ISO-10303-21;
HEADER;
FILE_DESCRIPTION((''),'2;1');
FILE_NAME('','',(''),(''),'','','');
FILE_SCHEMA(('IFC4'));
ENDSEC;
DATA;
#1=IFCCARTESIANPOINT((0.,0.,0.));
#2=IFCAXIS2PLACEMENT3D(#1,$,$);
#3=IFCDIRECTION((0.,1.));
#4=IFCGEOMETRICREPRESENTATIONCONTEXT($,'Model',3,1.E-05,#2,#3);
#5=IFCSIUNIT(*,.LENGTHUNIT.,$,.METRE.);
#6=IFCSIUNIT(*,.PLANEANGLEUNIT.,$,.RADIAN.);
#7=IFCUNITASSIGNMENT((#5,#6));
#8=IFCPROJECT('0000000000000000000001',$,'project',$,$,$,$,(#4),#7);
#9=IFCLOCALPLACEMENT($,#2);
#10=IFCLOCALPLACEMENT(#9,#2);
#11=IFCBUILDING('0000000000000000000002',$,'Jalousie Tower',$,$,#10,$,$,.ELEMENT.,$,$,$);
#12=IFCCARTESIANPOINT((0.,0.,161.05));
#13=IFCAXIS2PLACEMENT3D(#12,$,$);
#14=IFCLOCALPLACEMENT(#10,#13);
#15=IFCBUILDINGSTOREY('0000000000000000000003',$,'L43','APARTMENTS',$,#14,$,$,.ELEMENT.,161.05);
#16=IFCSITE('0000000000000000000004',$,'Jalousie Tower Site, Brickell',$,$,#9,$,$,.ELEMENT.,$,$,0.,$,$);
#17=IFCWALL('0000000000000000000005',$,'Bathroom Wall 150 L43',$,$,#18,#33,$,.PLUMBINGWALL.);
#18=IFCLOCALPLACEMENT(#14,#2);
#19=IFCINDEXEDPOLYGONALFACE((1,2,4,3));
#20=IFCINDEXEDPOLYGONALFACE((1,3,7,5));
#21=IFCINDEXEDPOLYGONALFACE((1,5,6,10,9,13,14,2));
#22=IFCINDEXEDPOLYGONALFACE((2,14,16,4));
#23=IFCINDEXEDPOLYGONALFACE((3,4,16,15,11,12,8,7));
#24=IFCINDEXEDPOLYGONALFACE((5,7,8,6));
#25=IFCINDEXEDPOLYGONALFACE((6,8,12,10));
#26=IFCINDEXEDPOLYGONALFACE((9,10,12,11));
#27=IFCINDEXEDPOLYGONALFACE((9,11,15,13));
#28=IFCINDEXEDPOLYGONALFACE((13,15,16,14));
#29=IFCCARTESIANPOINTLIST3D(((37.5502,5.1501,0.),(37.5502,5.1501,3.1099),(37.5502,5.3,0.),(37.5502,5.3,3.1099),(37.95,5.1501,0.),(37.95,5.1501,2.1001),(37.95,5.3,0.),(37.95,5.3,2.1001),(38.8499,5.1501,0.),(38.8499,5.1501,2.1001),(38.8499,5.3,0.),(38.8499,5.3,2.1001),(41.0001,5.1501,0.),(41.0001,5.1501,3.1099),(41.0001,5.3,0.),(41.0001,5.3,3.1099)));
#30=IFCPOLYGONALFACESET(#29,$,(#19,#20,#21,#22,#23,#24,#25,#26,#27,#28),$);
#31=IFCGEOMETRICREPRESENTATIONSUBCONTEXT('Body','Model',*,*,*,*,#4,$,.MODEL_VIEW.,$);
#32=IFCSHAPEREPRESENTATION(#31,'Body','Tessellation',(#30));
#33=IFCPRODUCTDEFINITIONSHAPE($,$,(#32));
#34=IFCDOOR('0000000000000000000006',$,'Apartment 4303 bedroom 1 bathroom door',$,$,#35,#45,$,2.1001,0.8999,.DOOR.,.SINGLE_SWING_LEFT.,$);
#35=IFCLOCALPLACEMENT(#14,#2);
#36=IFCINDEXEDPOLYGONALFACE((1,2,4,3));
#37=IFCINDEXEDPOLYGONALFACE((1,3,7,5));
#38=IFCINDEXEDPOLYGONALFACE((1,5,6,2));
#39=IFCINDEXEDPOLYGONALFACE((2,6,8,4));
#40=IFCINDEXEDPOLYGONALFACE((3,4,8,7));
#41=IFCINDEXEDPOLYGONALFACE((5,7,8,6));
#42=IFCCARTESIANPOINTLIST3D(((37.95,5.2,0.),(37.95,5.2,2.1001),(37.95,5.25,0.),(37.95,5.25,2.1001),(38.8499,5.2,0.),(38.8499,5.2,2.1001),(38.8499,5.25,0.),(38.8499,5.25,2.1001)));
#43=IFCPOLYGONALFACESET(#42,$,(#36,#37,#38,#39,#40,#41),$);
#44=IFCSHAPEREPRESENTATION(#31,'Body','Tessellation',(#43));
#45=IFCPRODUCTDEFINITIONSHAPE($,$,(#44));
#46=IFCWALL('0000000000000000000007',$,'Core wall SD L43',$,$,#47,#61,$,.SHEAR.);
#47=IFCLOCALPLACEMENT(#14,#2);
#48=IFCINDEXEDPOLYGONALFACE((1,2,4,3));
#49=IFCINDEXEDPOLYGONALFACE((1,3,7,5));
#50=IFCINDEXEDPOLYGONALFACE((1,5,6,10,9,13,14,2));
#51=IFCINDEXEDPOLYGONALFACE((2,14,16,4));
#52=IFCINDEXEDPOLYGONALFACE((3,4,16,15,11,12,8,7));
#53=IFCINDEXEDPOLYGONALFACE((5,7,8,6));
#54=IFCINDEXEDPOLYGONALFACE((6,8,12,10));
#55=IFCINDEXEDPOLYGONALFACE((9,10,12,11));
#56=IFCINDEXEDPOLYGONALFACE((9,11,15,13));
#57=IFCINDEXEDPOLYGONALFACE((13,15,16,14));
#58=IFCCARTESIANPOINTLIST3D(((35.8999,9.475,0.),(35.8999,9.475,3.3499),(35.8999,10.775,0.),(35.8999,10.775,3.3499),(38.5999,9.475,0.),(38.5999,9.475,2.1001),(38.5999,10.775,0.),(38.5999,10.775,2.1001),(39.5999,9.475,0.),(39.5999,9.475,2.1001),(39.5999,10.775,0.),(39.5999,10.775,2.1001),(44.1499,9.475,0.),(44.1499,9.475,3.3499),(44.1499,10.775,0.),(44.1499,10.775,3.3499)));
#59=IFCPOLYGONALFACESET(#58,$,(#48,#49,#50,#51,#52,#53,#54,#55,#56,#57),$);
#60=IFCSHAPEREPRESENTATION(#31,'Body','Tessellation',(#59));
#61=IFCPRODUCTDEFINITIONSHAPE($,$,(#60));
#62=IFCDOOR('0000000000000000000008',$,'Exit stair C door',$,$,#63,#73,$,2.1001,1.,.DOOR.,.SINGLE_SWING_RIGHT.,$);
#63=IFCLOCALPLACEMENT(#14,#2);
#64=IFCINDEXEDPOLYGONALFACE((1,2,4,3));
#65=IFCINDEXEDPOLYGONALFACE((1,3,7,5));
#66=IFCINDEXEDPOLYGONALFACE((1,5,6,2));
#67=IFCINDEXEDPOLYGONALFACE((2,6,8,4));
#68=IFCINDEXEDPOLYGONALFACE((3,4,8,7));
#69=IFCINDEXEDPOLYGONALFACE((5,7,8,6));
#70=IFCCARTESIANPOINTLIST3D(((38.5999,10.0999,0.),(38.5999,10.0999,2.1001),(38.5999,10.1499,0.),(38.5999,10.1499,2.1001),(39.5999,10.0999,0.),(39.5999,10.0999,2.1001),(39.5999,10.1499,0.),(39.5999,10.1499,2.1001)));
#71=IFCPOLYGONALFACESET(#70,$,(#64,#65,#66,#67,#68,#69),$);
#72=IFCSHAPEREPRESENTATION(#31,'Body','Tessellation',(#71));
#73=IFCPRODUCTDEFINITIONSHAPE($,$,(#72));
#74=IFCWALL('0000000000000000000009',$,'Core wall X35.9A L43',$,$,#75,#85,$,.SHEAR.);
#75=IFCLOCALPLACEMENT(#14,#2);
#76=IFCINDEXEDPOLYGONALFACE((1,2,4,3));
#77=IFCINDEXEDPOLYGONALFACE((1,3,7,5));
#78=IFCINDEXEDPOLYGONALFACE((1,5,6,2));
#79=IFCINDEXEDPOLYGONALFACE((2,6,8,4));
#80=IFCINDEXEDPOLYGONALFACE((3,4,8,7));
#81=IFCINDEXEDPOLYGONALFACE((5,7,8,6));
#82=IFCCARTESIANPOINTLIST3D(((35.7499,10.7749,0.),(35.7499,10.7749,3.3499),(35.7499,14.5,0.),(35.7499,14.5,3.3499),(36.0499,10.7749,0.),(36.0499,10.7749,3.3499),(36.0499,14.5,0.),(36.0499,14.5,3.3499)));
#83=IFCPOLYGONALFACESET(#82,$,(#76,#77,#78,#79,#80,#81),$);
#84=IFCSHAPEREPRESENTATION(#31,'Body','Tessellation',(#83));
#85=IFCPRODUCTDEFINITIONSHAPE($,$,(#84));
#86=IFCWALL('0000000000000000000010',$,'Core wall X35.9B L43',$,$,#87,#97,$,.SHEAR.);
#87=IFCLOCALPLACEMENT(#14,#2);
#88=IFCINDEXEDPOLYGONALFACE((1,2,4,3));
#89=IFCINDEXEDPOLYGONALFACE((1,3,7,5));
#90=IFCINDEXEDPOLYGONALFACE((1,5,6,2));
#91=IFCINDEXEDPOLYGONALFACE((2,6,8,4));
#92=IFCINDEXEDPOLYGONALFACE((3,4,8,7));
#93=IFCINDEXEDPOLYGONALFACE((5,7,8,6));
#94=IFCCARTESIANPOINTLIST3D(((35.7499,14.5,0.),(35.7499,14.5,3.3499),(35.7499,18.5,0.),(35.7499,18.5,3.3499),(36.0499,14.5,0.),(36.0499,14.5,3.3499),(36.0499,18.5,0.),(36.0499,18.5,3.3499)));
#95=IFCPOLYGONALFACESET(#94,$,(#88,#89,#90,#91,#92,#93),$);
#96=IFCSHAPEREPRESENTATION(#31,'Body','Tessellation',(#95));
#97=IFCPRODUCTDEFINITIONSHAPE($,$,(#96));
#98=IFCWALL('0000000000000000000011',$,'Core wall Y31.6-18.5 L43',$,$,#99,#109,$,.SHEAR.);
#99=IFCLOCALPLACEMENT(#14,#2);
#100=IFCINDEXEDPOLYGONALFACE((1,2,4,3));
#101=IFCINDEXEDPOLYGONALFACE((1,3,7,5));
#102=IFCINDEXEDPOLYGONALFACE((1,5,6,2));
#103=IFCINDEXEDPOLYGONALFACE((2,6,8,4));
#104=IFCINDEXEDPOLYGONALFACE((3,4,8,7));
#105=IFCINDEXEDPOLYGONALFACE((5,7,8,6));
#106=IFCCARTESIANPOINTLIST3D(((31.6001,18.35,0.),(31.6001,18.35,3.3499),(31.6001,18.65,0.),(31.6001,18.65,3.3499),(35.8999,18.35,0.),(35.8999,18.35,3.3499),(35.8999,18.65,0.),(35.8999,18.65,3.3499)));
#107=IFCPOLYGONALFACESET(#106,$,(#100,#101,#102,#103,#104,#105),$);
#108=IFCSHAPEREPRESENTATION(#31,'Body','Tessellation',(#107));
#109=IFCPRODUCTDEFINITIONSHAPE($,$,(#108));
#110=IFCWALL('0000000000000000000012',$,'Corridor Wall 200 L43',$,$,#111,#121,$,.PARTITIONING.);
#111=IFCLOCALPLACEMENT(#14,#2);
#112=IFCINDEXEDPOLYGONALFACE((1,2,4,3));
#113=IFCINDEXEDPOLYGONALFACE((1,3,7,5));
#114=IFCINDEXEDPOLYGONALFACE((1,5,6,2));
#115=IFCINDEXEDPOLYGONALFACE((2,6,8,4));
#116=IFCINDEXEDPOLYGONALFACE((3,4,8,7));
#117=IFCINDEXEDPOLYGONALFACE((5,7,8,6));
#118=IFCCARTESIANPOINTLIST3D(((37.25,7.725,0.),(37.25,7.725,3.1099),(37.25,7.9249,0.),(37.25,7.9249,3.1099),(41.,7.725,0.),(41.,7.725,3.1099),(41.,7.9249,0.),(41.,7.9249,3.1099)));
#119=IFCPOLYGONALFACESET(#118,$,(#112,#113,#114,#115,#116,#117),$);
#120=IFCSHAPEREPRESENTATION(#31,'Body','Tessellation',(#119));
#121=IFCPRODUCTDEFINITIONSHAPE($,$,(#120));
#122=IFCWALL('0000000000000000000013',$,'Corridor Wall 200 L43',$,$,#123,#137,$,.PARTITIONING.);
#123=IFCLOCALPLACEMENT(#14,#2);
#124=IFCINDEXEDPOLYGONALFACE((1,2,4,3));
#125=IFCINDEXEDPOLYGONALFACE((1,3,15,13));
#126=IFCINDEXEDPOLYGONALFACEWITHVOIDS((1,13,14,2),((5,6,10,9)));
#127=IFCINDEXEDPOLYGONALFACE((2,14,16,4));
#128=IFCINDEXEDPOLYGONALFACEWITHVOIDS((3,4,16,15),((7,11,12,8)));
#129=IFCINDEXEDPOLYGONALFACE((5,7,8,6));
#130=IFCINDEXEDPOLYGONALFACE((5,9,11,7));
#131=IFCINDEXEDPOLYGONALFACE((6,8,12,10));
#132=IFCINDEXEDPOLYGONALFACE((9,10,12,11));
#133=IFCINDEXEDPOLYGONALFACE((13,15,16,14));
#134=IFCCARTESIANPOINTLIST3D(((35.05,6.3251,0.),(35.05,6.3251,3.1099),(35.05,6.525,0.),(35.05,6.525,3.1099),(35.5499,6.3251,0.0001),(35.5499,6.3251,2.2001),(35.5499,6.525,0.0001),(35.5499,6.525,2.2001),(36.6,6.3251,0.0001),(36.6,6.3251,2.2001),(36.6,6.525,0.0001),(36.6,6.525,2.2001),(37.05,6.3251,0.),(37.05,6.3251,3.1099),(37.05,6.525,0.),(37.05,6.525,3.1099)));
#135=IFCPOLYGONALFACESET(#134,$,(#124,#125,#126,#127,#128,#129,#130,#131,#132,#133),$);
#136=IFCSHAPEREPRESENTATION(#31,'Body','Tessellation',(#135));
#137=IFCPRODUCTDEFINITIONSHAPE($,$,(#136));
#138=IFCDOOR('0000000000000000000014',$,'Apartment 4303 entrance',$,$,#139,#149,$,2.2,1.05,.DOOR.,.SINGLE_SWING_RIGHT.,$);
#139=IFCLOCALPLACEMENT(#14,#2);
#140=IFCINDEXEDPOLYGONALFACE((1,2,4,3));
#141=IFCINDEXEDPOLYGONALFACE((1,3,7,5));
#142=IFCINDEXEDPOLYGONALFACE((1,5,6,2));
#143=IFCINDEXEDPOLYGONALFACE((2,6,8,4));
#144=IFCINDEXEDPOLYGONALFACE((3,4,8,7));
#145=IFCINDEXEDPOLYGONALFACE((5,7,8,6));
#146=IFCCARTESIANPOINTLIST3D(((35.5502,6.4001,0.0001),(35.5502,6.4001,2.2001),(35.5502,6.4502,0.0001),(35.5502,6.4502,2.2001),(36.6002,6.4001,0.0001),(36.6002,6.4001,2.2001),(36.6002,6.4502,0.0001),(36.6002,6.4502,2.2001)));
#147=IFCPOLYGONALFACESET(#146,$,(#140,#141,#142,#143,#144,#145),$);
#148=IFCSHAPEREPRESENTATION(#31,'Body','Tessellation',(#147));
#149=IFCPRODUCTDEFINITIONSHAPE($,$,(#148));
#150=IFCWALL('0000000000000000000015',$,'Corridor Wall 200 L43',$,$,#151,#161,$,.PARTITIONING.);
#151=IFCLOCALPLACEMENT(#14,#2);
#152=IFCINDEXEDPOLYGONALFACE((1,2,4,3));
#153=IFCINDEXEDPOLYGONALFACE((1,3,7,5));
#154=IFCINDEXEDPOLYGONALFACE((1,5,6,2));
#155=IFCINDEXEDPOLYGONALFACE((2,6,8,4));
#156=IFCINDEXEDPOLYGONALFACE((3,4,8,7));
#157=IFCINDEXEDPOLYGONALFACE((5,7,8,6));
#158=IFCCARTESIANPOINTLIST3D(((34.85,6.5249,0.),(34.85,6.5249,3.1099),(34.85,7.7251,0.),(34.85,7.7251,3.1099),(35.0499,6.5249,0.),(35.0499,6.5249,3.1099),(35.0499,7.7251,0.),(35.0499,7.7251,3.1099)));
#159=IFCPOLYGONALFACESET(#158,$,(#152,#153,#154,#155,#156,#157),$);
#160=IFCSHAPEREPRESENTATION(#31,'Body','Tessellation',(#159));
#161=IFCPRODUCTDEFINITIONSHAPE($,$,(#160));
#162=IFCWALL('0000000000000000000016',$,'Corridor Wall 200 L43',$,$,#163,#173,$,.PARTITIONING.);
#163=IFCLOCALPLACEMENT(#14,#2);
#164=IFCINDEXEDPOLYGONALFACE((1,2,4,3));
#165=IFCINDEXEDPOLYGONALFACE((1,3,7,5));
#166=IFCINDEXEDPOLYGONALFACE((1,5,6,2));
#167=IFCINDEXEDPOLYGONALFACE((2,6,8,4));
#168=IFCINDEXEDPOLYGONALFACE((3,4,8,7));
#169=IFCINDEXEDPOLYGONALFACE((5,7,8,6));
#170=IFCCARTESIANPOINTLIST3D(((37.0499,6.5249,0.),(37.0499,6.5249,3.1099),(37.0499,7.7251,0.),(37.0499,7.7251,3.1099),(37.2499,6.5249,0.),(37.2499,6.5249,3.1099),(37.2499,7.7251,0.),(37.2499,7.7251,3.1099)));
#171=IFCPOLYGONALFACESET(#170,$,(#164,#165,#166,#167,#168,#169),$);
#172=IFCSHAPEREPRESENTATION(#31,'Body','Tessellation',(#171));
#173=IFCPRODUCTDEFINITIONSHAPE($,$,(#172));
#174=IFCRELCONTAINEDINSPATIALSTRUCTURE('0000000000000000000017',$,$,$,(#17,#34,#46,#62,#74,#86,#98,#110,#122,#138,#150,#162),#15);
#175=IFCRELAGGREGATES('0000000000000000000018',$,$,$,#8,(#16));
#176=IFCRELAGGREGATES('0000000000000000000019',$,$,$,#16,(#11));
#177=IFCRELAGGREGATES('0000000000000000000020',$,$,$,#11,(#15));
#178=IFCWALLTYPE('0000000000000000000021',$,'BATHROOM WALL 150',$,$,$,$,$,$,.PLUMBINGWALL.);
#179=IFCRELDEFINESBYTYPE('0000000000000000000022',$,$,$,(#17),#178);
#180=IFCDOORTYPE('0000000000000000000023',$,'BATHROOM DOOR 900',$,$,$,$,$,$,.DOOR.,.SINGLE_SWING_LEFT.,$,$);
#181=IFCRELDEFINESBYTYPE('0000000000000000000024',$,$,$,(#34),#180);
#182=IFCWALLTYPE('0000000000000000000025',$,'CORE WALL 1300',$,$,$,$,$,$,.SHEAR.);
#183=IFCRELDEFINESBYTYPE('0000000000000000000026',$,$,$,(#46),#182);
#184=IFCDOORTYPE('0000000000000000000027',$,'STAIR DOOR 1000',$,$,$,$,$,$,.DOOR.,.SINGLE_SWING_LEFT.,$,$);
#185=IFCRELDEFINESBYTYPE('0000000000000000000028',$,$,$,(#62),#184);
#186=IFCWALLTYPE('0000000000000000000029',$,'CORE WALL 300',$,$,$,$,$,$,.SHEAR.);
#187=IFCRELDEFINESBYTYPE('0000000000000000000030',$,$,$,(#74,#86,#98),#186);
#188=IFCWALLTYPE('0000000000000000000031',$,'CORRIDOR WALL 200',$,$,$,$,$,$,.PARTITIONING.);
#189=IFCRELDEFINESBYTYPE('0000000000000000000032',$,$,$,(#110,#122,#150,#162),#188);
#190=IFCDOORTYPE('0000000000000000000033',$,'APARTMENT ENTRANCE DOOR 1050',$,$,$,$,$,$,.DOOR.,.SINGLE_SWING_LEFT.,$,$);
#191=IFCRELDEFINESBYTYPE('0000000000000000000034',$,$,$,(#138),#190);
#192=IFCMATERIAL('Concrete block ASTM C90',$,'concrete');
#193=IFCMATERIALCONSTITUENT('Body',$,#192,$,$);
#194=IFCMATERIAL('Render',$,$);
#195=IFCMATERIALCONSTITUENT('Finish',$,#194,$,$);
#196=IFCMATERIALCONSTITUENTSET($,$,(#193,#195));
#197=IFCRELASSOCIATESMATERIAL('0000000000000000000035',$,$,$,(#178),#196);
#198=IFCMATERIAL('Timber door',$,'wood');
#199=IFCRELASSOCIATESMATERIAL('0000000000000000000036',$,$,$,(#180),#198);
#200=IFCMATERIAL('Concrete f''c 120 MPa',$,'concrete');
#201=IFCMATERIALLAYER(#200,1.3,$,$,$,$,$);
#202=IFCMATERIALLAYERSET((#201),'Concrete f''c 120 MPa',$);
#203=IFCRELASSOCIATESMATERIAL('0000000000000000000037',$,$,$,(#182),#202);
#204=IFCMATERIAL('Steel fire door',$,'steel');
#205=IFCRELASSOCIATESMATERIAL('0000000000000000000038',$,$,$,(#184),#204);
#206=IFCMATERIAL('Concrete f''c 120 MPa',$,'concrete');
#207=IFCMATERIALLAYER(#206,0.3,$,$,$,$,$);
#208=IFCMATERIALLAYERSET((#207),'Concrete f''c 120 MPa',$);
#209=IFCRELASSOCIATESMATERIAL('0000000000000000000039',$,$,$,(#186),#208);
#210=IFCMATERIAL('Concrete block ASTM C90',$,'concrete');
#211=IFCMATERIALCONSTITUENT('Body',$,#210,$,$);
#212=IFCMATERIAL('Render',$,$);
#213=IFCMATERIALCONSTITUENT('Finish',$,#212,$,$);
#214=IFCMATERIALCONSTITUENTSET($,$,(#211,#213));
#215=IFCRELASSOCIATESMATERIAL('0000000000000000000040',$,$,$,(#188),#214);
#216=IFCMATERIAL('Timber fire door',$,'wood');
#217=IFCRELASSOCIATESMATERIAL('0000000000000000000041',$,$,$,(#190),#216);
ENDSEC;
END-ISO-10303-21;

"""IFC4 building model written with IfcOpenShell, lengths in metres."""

from ifc_helpers import new_model, si_unit, direction, frame, frame_2d, origin, place, context, subcontext, project, spatial, rectangle, extrude, material, layer, layer_set, constituent, constituent_set, type_object, element, fill, save


model = new_model("IFC4")

# Units and contexts
model_context = context("Model", 3, precision=1e-05, world=origin(), true_north=direction((0.0, 1.0)))
body_context = subcontext(model_context, "Body", "Model", "MODEL_VIEW")
ifc_project = project(units=[si_unit("LENGTHUNIT", "METRE"), si_unit("PLANEANGLEUNIT", "RADIAN")], contexts=[model_context])

# Site, building, storey
site_placement = place(None, origin())
site = spatial("IfcSite", under=ifc_project, at=site_placement, Name="Jalousie Tower Site, Brickell", CompositionType="ELEMENT", RefElevation=0.0)
building_placement = place(site_placement, origin())
building = spatial("IfcBuilding", under=site, at=building_placement, Name="Jalousie Tower", CompositionType="ELEMENT")
storey_placement = place(building_placement, frame((0.0, 0.0, 161.05)))
storey = spatial("IfcBuildingStorey", under=building, at=storey_placement, Name="L43", Description="APARTMENTS", CompositionType="ELEMENT", Elevation=161.05)

# Walls, openings, doors
ifc_material_1 = material(Name="Concrete block ASTM C90", Category="concrete")
ifc_constituent_1 = constituent(ifc_material_1, Name="Body")
ifc_material_2 = material(Name="Render")
ifc_constituent_2 = constituent(ifc_material_2, Name="Finish")
ifc_constituent_set_1 = constituent_set(constituents=[ifc_constituent_1, ifc_constituent_2])
wall_type_1 = type_object("IfcWallType", Name="BATHROOM WALL 150", PredefinedType="PLUMBINGWALL", material=ifc_constituent_set_1)
wall_1_placement = place(storey_placement, frame((37.55, 5.2251, 0.0), z_axis=(0.0, 0.0, 1.0), x_axis=(1.0, 0.0, 0.0)))
wall_1 = element("IfcWall", 1, at=wall_1_placement, inside=storey, type_object=wall_type_1, Name="Bathroom Wall 150 L43", PredefinedType="PLUMBINGWALL", context=body_context, shape_type="SweptSolid", body=[
    extrude(rectangle(XDim=3.45, YDim=0.1499, at=frame_2d((1.7251, 0.0))), origin(), (0.0, 0.0, 1.0), 3.1099),
])
opening_1_placement = place(wall_1_placement, frame((0.3999, 0.0, 0.0)))
opening_1 = element("IfcOpeningElement", 2, at=opening_1_placement, cuts=wall_1, PredefinedType="OPENING", context=body_context, shape_type="SweptSolid", body=[
    extrude(rectangle(XDim=0.8999, YDim=2.1001, at=frame_2d((0.45, 1.05))), frame((0.0, 0.085, 0.0), z_axis=(0.0, -1.0, 0.0), x_axis=(1.0, 0.0, 0.0)), (0.0, 0.0, 1.0), 0.1699),
])
ifc_material_3 = material(Name="Timber door", Category="wood")
door_type_1 = type_object("IfcDoorType", Name="BATHROOM DOOR 900", OperationType="SINGLE_SWING_LEFT", PredefinedType="DOOR", material=ifc_material_3)
door_1_placement = place(opening_1_placement, origin())
door_1 = element("IfcDoor", 3, at=door_1_placement, inside=storey, type_object=door_type_1, Name="Apartment 4303 bedroom 1 bathroom door", OperationType="SINGLE_SWING_LEFT", OverallHeight=2.1001, OverallWidth=0.8999, PredefinedType="DOOR", context=body_context, shape_type="SweptSolid", body=[
    extrude(rectangle(XDim=0.8999, YDim=2.1001, at=frame_2d((0.45, 1.05))), frame((0.0, 0.0249, 0.0), z_axis=(0.0, -1.0, 0.0), x_axis=(1.0, 0.0, 0.0)), (0.0, 0.0, 1.0), 0.05),
])
fill(opening_1, door_1)
ifc_material_4 = material(Name="Concrete f'c 120 MPa", Category="concrete")
ifc_layer_1 = layer(ifc_material_4, 1.3)
ifc_layer_set_1 = layer_set([ifc_layer_1], Name="Concrete f'c 120 MPa")
wall_type_2 = type_object("IfcWallType", Name="CORE WALL 1300", PredefinedType="SHEAR", material=ifc_layer_set_1)
wall_2_placement = place(storey_placement, frame((35.8999, 10.125, 0.0), z_axis=(0.0, 0.0, 1.0), x_axis=(1.0, 0.0, 0.0)))
wall_2 = element("IfcWall", 4, at=wall_2_placement, inside=storey, type_object=wall_type_2, Name="Core wall SD L43", PredefinedType="SHEAR", context=body_context, shape_type="SweptSolid", body=[
    extrude(rectangle(XDim=8.25, YDim=1.3, at=frame_2d((4.125, 0.0))), origin(), (0.0, 0.0, 1.0), 3.3499),
])
opening_2_placement = place(wall_2_placement, frame((2.7, 0.0, 0.0)))
opening_2 = element("IfcOpeningElement", 5, at=opening_2_placement, cuts=wall_2, PredefinedType="OPENING", context=body_context, shape_type="SweptSolid", body=[
    extrude(rectangle(XDim=1.0, YDim=2.1001, at=frame_2d((0.5, 1.05))), frame((0.0, 0.6599, 0.0), z_axis=(0.0, -1.0, 0.0), x_axis=(1.0, 0.0, 0.0)), (0.0, 0.0, 1.0), 1.3201),
])
ifc_material_5 = material(Name="Steel fire door", Category="steel")
door_type_2 = type_object("IfcDoorType", Name="STAIR DOOR 1000", OperationType="SINGLE_SWING_LEFT", PredefinedType="DOOR", material=ifc_material_5)
door_2_placement = place(opening_2_placement, origin())
door_2 = element("IfcDoor", 6, at=door_2_placement, inside=storey, type_object=door_type_2, Name="Exit stair C door", OperationType="SINGLE_SWING_RIGHT", OverallHeight=2.1001, OverallWidth=1.0, PredefinedType="DOOR", context=body_context, shape_type="SweptSolid", body=[
    extrude(rectangle(XDim=1.0, YDim=2.1001, at=frame_2d((0.5, 1.05))), frame((0.0, 0.0249, 0.0), z_axis=(0.0, -1.0, 0.0), x_axis=(1.0, 0.0, 0.0)), (0.0, 0.0, 1.0), 0.05),
])
fill(opening_2, door_2)

# Walls
ifc_material_6 = material(Name="Concrete f'c 120 MPa", Category="concrete")
ifc_layer_2 = layer(ifc_material_6, 0.3)
ifc_layer_set_2 = layer_set([ifc_layer_2], Name="Concrete f'c 120 MPa")
wall_type_3 = type_object("IfcWallType", Name="CORE WALL 300", PredefinedType="SHEAR", material=ifc_layer_set_2)
wall_3_placement = place(storey_placement, frame((35.8999, 10.7749, 0.0), z_axis=(0.0, 0.0, 1.0), x_axis=(0.0, 1.0, 0.0)))
element("IfcWall", 7, at=wall_3_placement, inside=storey, type_object=wall_type_3, Name="Core wall X35.9A L43", PredefinedType="SHEAR", context=body_context, shape_type="SweptSolid", body=[
    extrude(rectangle(XDim=3.7251, YDim=0.3, at=frame_2d((1.8625, 0.0))), origin(), (0.0, 0.0, 1.0), 3.3499),
])
wall_4_placement = place(storey_placement, frame((35.8999, 14.5, 0.0), z_axis=(0.0, 0.0, 1.0), x_axis=(0.0, 1.0, 0.0)))
element("IfcWall", 8, at=wall_4_placement, inside=storey, type_object=wall_type_3, Name="Core wall X35.9B L43", PredefinedType="SHEAR", context=body_context, shape_type="SweptSolid", body=[
    extrude(rectangle(XDim=4.0, YDim=0.3, at=frame_2d((2.0, 0.0))), origin(), (0.0, 0.0, 1.0), 3.3499),
])
wall_5_placement = place(storey_placement, frame((31.6001, 18.5, 0.0), z_axis=(0.0, 0.0, 1.0), x_axis=(1.0, 0.0, 0.0)))
element("IfcWall", 9, at=wall_5_placement, inside=storey, type_object=wall_type_3, Name="Core wall Y31.6-18.5 L43", PredefinedType="SHEAR", context=body_context, shape_type="SweptSolid", body=[
    extrude(rectangle(XDim=4.2998, YDim=0.3, at=frame_2d((2.1499, 0.0))), origin(), (0.0, 0.0, 1.0), 3.3499),
])
ifc_material_7 = material(Name="Concrete block ASTM C90", Category="concrete")
ifc_constituent_3 = constituent(ifc_material_7, Name="Body")
ifc_material_8 = material(Name="Render")
ifc_constituent_4 = constituent(ifc_material_8, Name="Finish")
ifc_constituent_set_2 = constituent_set(constituents=[ifc_constituent_3, ifc_constituent_4])
wall_type_4 = type_object("IfcWallType", Name="CORRIDOR WALL 200", PredefinedType="PARTITIONING", material=ifc_constituent_set_2)
wall_6_placement = place(storey_placement, frame((37.25, 7.825, 0.0), z_axis=(0.0, 0.0, 1.0), x_axis=(1.0, 0.0, 0.0)))
element("IfcWall", 10, at=wall_6_placement, inside=storey, type_object=wall_type_4, Name="Corridor Wall 200 L43", PredefinedType="PARTITIONING", context=body_context, shape_type="SweptSolid", body=[
    extrude(rectangle(XDim=3.75, YDim=0.2, at=frame_2d((1.875, 0.0))), origin(), (0.0, 0.0, 1.0), 3.1099),
])

# Wall, opening, door
wall_7_placement = place(storey_placement, frame((35.05, 6.425, 0.0), z_axis=(0.0, 0.0, 1.0), x_axis=(1.0, 0.0, 0.0)))
wall_7 = element("IfcWall", 11, at=wall_7_placement, inside=storey, type_object=wall_type_4, Name="Corridor Wall 200 L43", PredefinedType="PARTITIONING", context=body_context, shape_type="SweptSolid", body=[
    extrude(rectangle(XDim=2.0, YDim=0.2, at=frame_2d((1.0, 0.0))), origin(), (0.0, 0.0, 1.0), 3.1099),
])
opening_3_placement = place(wall_7_placement, frame((0.5, 0.0, 0.0)))
opening_3 = element("IfcOpeningElement", 12, at=opening_3_placement, cuts=wall_7, PredefinedType="OPENING", context=body_context, shape_type="SweptSolid", body=[
    extrude(rectangle(XDim=1.05, YDim=2.2, at=frame_2d((0.5249, 1.1001))), frame((0.0, 0.1099, 0.0), z_axis=(0.0, -1.0, 0.0), x_axis=(1.0, 0.0, 0.0)), (0.0, 0.0, 1.0), 0.22),
])
ifc_material_9 = material(Name="Timber fire door", Category="wood")
door_type_3 = type_object("IfcDoorType", Name="APARTMENT ENTRANCE DOOR 1050", OperationType="SINGLE_SWING_LEFT", PredefinedType="DOOR", material=ifc_material_9)
door_3_placement = place(opening_3_placement, frame((1.05, 0.0, 0.0), z_axis=(0.0, 0.0, 1.0), x_axis=(-1.0, 0.0, 0.0)))
door_3 = element("IfcDoor", 13, at=door_3_placement, inside=storey, type_object=door_type_3, Name="Apartment 4303 entrance", OperationType="SINGLE_SWING_RIGHT", OverallHeight=2.2, OverallWidth=1.05, PredefinedType="DOOR", context=body_context, shape_type="SweptSolid", body=[
    extrude(rectangle(XDim=1.05, YDim=2.2, at=frame_2d((0.5249, 1.1001))), frame((0.0, 0.0249, 0.0), z_axis=(0.0, -1.0, 0.0), x_axis=(1.0, 0.0, 0.0)), (0.0, 0.0, 1.0), 0.05),
])
fill(opening_3, door_3)

# Walls
for number, where, z_axis, x_axis, name in (
    (14, (34.95, 7.7251, 0.0), (0.0, 0.0, 1.0), (0.0, -1.0, 0.0), "Corridor Wall 200 L43"),
    (15, (37.1499, 7.7251, 0.0), (0.0, 0.0, 1.0), (0.0, -1.0, 0.0), "Corridor Wall 200 L43"),
):
    element("IfcWall", number, at=place(storey_placement, frame(where, z_axis=z_axis, x_axis=x_axis)), inside=storey, type_object=wall_type_4, Name=name, PredefinedType="PARTITIONING", context=body_context, shape_type="SweptSolid", body=[
        extrude(rectangle(XDim=1.2002, YDim=0.2, at=frame_2d((0.6001, 0.0))), origin(), (0.0, 0.0, 1.0), 3.1099),
    ])

save(model, "model.ifc")
